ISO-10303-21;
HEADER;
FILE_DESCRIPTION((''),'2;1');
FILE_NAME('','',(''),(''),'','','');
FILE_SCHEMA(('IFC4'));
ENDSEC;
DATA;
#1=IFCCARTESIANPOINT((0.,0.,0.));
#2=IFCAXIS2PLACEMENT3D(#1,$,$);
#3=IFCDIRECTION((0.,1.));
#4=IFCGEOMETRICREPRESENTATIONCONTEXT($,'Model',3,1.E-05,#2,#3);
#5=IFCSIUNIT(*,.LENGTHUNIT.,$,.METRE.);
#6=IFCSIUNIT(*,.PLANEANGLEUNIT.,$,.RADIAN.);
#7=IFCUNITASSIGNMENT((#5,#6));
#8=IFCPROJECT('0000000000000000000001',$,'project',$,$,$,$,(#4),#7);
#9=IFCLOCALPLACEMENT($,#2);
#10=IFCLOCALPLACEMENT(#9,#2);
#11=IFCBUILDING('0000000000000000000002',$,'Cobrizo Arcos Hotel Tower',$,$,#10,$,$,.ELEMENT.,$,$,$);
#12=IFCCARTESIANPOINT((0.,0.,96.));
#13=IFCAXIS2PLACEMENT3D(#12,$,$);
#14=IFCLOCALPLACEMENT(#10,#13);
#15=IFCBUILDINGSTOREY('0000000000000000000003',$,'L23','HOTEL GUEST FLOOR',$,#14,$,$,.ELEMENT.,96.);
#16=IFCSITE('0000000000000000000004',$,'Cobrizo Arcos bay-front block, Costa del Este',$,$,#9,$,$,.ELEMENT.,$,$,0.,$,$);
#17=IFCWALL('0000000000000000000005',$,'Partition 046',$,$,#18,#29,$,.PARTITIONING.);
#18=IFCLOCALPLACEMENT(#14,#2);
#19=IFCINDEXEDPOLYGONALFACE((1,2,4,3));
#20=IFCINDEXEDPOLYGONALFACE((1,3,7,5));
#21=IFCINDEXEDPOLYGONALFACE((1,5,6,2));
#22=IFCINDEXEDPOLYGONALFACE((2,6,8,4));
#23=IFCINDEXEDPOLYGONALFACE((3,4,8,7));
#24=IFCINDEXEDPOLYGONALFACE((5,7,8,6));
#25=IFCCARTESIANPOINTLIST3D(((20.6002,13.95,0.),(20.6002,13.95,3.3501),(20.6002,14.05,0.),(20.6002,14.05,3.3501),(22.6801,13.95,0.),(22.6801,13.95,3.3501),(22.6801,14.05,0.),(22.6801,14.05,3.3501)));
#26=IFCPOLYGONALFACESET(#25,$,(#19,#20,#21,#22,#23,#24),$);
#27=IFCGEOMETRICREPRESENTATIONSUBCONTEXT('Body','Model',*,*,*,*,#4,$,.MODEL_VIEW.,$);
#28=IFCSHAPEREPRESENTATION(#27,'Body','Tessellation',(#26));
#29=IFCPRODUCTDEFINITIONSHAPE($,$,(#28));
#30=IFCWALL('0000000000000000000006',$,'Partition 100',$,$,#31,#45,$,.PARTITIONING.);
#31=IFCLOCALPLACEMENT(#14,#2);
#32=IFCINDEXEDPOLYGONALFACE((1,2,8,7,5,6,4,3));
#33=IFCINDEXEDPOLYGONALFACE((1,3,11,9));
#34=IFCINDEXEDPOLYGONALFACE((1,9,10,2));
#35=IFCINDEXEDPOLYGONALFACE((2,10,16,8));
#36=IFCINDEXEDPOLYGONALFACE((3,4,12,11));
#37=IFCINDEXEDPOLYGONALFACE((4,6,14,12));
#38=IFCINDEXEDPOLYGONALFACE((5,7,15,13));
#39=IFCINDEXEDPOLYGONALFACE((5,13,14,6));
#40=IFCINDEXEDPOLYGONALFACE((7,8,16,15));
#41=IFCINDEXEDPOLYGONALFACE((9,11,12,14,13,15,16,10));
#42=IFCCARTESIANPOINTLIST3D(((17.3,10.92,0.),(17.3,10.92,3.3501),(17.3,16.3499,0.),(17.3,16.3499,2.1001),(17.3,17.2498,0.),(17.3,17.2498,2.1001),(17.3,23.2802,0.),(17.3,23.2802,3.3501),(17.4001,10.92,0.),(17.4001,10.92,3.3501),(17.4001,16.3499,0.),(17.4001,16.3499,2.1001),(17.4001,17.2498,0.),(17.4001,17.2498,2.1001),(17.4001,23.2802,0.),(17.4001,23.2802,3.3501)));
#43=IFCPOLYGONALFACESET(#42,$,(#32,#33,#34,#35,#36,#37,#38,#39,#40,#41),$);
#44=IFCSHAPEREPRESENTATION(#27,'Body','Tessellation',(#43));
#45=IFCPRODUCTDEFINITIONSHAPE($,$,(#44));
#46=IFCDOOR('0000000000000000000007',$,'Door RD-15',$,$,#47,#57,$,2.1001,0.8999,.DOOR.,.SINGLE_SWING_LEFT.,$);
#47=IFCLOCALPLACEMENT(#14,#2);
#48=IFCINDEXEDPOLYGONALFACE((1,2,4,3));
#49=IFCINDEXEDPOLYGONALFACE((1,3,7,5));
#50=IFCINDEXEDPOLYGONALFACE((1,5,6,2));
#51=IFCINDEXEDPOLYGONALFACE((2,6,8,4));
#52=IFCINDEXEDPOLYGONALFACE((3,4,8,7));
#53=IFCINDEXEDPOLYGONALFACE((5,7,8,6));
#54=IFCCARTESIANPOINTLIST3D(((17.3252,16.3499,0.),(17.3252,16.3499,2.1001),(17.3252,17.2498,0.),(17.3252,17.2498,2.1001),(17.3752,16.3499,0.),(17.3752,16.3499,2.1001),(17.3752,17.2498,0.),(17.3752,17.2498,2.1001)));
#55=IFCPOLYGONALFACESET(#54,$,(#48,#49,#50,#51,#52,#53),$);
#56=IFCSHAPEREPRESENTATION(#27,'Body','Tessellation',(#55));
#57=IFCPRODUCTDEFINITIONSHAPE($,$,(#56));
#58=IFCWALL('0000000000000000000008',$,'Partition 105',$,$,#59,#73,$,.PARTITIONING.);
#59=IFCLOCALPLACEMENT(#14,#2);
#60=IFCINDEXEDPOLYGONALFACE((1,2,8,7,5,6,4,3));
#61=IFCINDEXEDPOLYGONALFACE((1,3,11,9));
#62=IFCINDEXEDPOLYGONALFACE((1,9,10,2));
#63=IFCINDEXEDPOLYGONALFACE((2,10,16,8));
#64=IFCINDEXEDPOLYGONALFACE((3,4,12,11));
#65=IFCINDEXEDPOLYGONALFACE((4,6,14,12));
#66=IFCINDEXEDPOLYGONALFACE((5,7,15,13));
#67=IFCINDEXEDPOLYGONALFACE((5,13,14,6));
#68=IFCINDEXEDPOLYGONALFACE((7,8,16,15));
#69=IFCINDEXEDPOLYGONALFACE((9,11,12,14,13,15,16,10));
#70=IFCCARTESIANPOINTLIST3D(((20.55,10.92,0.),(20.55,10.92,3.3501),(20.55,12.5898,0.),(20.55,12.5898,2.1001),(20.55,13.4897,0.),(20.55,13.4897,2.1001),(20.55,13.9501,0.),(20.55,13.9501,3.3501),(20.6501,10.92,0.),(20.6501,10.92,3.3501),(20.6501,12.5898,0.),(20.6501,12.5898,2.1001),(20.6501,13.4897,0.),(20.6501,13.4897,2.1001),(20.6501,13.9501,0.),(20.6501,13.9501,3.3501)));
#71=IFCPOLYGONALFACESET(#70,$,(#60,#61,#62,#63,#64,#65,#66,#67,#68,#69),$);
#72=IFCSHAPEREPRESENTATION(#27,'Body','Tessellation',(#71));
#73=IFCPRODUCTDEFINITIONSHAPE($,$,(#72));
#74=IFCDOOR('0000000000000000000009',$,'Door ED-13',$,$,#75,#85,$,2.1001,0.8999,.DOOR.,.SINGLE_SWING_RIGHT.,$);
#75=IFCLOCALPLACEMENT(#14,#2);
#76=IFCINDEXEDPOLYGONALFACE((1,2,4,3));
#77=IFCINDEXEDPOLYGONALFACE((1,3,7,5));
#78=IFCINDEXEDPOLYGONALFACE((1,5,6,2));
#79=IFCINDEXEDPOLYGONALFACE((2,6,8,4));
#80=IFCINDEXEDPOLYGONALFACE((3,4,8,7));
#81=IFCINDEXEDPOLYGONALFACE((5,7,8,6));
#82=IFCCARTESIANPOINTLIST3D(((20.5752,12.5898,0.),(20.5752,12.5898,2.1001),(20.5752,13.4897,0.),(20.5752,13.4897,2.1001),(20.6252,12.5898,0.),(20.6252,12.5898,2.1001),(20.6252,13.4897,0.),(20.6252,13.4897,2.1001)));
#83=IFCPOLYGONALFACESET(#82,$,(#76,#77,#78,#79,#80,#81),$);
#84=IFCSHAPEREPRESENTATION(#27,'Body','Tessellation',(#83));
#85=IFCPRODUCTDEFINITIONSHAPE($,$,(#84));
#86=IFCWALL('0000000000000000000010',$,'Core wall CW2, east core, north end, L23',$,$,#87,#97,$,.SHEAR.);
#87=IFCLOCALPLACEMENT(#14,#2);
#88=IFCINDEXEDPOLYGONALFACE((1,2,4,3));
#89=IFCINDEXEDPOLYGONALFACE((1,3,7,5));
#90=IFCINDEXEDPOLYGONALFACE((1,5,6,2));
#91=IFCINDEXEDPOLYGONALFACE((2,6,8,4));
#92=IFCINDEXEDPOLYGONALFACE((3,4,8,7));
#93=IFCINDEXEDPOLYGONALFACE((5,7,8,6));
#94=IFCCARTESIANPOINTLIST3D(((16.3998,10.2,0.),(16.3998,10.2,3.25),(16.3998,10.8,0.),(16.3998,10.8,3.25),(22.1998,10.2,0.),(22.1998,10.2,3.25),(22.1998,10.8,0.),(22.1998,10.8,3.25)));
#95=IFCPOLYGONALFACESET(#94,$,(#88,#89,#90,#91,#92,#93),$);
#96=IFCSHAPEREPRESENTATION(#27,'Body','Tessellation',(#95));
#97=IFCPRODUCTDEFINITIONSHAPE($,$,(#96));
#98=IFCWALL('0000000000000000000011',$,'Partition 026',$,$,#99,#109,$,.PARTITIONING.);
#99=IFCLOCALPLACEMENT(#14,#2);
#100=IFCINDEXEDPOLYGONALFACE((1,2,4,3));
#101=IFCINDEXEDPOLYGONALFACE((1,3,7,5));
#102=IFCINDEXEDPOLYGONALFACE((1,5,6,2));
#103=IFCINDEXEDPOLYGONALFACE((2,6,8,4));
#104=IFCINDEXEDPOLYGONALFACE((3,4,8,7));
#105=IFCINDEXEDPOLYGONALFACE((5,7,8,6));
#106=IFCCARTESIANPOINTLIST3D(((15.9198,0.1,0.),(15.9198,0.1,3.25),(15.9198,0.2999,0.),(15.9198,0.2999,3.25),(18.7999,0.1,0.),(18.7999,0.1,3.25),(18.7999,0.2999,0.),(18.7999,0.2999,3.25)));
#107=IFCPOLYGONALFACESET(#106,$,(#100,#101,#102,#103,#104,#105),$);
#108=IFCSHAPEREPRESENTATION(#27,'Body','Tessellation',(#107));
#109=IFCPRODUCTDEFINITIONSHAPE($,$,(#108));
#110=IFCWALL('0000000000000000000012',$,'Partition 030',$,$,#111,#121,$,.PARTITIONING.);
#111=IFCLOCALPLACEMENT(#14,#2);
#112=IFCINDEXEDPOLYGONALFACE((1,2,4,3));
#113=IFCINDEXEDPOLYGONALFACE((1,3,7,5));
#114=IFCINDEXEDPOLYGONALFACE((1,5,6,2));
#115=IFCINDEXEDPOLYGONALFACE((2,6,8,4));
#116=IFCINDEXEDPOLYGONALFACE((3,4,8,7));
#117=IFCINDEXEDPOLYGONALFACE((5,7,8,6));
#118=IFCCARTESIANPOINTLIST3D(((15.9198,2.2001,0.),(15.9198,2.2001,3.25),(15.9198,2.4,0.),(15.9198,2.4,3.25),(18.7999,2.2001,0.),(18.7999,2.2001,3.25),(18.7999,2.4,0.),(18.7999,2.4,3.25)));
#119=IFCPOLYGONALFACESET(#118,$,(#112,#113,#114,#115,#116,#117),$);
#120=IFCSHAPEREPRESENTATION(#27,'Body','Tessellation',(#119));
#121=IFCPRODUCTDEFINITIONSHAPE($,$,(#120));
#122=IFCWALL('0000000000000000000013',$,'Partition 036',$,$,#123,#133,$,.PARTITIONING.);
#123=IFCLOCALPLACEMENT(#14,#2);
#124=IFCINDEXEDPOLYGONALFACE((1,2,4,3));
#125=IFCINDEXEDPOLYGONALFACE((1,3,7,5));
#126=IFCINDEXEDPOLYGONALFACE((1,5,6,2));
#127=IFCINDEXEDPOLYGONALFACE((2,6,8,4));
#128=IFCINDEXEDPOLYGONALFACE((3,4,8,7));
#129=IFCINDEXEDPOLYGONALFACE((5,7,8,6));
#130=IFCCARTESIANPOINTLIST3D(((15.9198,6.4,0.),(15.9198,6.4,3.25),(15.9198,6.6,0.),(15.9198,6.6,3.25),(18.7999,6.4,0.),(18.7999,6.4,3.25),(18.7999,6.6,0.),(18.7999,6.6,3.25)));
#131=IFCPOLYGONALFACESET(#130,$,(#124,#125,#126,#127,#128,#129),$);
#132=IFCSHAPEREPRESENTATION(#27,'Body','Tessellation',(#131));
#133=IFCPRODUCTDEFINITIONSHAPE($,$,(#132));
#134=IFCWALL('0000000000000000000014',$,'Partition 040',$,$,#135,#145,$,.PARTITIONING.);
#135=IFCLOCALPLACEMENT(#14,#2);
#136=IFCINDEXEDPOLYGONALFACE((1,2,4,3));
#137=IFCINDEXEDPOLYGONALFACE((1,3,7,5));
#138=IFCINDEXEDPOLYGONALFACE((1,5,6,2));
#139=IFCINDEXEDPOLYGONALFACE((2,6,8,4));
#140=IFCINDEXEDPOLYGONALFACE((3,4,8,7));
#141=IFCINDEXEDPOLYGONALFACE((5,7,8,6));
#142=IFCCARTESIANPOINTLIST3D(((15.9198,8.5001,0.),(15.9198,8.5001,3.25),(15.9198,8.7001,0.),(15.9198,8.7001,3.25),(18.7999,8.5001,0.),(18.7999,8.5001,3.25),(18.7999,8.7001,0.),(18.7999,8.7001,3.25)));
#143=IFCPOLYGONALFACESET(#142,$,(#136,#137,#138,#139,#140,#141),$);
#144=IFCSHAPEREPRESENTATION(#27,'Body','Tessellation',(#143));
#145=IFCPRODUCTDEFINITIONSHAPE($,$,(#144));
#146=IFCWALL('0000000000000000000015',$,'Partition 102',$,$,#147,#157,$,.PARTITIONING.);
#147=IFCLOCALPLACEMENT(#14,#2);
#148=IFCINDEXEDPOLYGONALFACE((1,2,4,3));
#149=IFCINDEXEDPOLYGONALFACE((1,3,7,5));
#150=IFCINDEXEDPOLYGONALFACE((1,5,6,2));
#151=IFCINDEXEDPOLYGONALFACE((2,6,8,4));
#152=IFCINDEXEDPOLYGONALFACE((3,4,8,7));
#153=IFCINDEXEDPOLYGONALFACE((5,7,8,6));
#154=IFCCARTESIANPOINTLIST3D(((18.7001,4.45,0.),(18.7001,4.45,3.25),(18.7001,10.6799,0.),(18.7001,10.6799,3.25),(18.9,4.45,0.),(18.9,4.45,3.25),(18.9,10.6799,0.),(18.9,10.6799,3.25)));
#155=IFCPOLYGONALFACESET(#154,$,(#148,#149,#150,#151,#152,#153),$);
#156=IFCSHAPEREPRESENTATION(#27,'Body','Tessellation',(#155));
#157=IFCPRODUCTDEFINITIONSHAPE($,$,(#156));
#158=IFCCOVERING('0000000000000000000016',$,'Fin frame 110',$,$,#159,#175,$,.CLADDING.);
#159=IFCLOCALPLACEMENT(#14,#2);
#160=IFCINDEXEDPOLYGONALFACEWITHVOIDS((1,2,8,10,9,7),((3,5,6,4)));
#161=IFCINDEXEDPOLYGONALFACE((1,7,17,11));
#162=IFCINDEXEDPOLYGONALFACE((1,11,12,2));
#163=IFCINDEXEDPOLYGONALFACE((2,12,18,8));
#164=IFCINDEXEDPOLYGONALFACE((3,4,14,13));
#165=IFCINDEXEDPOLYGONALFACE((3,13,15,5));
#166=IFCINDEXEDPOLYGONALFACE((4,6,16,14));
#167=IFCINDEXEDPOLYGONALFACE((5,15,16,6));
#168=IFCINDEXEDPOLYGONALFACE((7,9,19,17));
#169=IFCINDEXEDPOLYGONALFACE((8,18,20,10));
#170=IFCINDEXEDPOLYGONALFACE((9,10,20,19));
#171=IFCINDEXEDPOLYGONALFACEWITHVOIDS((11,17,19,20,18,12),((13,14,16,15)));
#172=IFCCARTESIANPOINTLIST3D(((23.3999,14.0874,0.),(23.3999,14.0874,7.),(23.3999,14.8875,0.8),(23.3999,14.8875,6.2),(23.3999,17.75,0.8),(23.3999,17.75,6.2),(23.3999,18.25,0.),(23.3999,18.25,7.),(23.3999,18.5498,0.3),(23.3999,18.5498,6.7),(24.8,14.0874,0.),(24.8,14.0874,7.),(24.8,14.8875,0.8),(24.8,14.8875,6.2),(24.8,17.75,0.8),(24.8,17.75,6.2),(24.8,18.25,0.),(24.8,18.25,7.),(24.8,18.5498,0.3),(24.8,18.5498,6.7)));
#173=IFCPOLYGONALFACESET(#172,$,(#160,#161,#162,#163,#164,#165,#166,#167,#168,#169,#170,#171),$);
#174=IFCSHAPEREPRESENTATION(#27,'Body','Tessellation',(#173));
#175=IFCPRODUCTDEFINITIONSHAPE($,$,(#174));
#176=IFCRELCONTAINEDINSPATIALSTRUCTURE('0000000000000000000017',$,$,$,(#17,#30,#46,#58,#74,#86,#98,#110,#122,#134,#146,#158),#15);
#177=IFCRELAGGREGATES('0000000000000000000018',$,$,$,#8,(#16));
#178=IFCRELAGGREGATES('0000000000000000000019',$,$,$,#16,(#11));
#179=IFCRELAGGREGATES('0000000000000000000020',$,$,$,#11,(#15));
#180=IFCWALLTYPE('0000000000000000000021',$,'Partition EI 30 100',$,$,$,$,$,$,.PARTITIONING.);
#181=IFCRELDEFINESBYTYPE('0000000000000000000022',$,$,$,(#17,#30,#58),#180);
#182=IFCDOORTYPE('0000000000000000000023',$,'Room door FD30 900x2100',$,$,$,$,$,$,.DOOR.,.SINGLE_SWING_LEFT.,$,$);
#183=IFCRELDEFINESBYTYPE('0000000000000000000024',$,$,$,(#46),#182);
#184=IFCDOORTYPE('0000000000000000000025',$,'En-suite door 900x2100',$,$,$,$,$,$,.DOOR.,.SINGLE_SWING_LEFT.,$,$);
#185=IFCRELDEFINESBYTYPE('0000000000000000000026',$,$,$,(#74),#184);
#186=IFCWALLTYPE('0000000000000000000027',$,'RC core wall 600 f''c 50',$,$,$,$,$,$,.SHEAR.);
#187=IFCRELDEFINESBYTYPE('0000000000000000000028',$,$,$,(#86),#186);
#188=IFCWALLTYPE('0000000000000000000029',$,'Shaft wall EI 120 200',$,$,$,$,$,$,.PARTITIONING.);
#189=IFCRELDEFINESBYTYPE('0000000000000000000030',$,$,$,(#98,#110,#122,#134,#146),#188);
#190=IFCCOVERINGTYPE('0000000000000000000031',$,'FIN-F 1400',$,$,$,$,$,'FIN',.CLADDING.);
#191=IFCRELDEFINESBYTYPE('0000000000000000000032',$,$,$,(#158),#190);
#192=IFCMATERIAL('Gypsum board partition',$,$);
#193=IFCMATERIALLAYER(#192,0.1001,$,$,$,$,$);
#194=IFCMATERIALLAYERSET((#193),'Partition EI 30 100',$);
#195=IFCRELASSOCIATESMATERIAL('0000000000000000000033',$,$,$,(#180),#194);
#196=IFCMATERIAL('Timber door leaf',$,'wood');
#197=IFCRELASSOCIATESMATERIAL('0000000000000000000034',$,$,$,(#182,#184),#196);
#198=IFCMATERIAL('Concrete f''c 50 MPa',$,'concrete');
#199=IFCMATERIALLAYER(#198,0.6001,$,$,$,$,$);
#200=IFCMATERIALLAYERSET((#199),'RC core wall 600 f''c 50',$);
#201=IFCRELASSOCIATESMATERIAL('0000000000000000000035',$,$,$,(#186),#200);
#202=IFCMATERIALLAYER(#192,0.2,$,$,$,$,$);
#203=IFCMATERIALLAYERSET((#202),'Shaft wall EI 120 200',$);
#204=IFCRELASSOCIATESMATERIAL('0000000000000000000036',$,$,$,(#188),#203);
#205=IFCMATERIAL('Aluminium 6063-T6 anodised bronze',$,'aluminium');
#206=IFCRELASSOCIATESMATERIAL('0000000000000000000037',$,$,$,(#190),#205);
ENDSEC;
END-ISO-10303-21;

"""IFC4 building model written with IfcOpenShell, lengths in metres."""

from ifc_helpers import new_model, si_unit, direction, frame, frame_2d, origin, place, context, subcontext, project, spatial, polyline, rectangle, outline, extrude, material, layer, layer_set, type_object, element, fill, save


model = new_model("IFC4")

# Units and contexts
model_context = context("Model", 3, precision=1e-05, world=origin(), true_north=direction((0.0, 1.0)))
body_context = subcontext(model_context, "Body", "Model", "MODEL_VIEW")
ifc_project = project(units=[si_unit("LENGTHUNIT", "METRE"), si_unit("PLANEANGLEUNIT", "RADIAN")], contexts=[model_context])

# Site, building, storey
site_placement = place(None, origin())
site = spatial("IfcSite", under=ifc_project, at=site_placement, Name="Cobrizo Arcos bay-front block, Costa del Este", CompositionType="ELEMENT", RefElevation=0.0)
building_placement = place(site_placement, origin())
building = spatial("IfcBuilding", under=site, at=building_placement, Name="Cobrizo Arcos Hotel Tower", CompositionType="ELEMENT")
storey_placement = place(building_placement, frame((0.0, 0.0, 96.0)))
storey = spatial("IfcBuildingStorey", under=building, at=storey_placement, Name="L23", Description="HOTEL GUEST FLOOR", CompositionType="ELEMENT", Elevation=96.0)

# Shared definitions
ifc_material_1 = material(Name="Aluminium 6063-T6 anodised bronze", Category="aluminium")

# Shared definitions
ifc_material_2 = material(Name="Gypsum board partition")
ifc_layer_1 = layer(ifc_material_2, 0.1001)
ifc_layer_set_1 = layer_set([ifc_layer_1], Name="Partition EI 30 100")
wall_type_1 = type_object("IfcWallType", Name="Partition EI 30 100", PredefinedType="PARTITIONING", material=ifc_layer_set_1)
ifc_material_3 = material(Name="Timber door leaf", Category="wood")
door_type_1 = type_object("IfcDoorType", Name="Room door FD30 900x2100", OperationType="SINGLE_SWING_LEFT", PredefinedType="DOOR", material=ifc_material_3)

# Wall
wall_1_placement = place(storey_placement, frame((20.6001, 14.0, 0.0), z_axis=(0.0, 0.0, 1.0), x_axis=(1.0, 0.0, 0.0)))
element("IfcWall", 1, at=wall_1_placement, inside=storey, type_object=wall_type_1, Name="Partition 046", PredefinedType="PARTITIONING", context=body_context, shape_type="SweptSolid", body=[
    extrude(rectangle(XDim=2.0798, YDim=0.1001, at=frame_2d((1.04, 0.0))), origin(), (0.0, 0.0, 1.0), 3.3501),
])

# Walls, openings, doors
wall_2_placement = place(storey_placement, frame((17.3501, 10.9199, 0.0), z_axis=(0.0, 0.0, 1.0), x_axis=(0.0, 1.0, 0.0)))
wall_2 = element("IfcWall", 2, at=wall_2_placement, inside=storey, type_object=wall_type_1, Name="Partition 100", PredefinedType="PARTITIONING", context=body_context, shape_type="SweptSolid", body=[
    extrude(rectangle(XDim=12.3601, YDim=0.1001, at=frame_2d((6.1802, 0.0))), origin(), (0.0, 0.0, 1.0), 3.3501),
])
opening_1_placement = place(wall_2_placement, frame((5.4299, 0.0, 0.0)))
opening_1 = element("IfcOpeningElement", 3, at=opening_1_placement, cuts=wall_2, PredefinedType="OPENING", context=body_context, shape_type="SweptSolid", body=[
    extrude(rectangle(XDim=0.8999, YDim=2.1001, at=frame_2d((0.45, 1.05))), frame((0.0, 0.062, 0.0), z_axis=(0.0, -1.0, 0.0), x_axis=(1.0, 0.0, 0.0)), (0.0, 0.0, 1.0), 0.124),
])
door_1_placement = place(opening_1_placement, origin())
door_1 = element("IfcDoor", 4, at=door_1_placement, inside=storey, type_object=door_type_1, Name="Door RD-15", OperationType="SINGLE_SWING_LEFT", OverallHeight=2.1001, OverallWidth=0.8999, PredefinedType="DOOR", context=body_context, shape_type="SweptSolid", body=[
    extrude(rectangle(XDim=0.8999, YDim=2.1001, at=frame_2d((0.45, 1.05))), frame((0.0, 0.0249, 0.0), z_axis=(0.0, -1.0, 0.0), x_axis=(1.0, 0.0, 0.0)), (0.0, 0.0, 1.0), 0.05),
])
fill(opening_1, door_1)
wall_3_placement = place(storey_placement, frame((20.6001, 10.9199, 0.0), z_axis=(0.0, 0.0, 1.0), x_axis=(0.0, 1.0, 0.0)))
wall_3 = element("IfcWall", 5, at=wall_3_placement, inside=storey, type_object=wall_type_1, Name="Partition 105", PredefinedType="PARTITIONING", context=body_context, shape_type="SweptSolid", body=[
    extrude(rectangle(XDim=3.03, YDim=0.1001, at=frame_2d((1.5151, 0.0))), origin(), (0.0, 0.0, 1.0), 3.3501),
])
opening_2_placement = place(wall_3_placement, frame((1.6699, 0.0, 0.0)))
opening_2 = element("IfcOpeningElement", 6, at=opening_2_placement, cuts=wall_3, PredefinedType="OPENING", context=body_context, shape_type="SweptSolid", body=[
    extrude(rectangle(XDim=0.8999, YDim=2.1001, at=frame_2d((0.45, 1.05))), frame((0.0, 0.062, 0.0), z_axis=(0.0, -1.0, 0.0), x_axis=(1.0, 0.0, 0.0)), (0.0, 0.0, 1.0), 0.124),
])
door_type_2 = type_object("IfcDoorType", Name="En-suite door 900x2100", OperationType="SINGLE_SWING_LEFT", PredefinedType="DOOR", material=ifc_material_3)
door_2_placement = place(opening_2_placement, origin())
door_2 = element("IfcDoor", 7, at=door_2_placement, inside=storey, type_object=door_type_2, Name="Door ED-13", OperationType="SINGLE_SWING_RIGHT", OverallHeight=2.1001, OverallWidth=0.8999, PredefinedType="DOOR", context=body_context, shape_type="SweptSolid", body=[
    extrude(rectangle(XDim=0.8999, YDim=2.1001, at=frame_2d((0.45, 1.05))), frame((0.0, 0.0249, 0.0), z_axis=(0.0, -1.0, 0.0), x_axis=(1.0, 0.0, 0.0)), (0.0, 0.0, 1.0), 0.05),
])
fill(opening_2, door_2)

# Walls
ifc_material_4 = material(Name="Concrete f'c 50 MPa", Category="concrete")
ifc_layer_2 = layer(ifc_material_4, 0.6001)
ifc_layer_set_2 = layer_set([ifc_layer_2], Name="RC core wall 600 f'c 50")
wall_type_2 = type_object("IfcWallType", Name="RC core wall 600 f'c 50", PredefinedType="SHEAR", material=ifc_layer_set_2)
wall_4_placement = place(storey_placement, frame((16.3999, 10.5, 0.0), z_axis=(0.0, 0.0, 1.0), x_axis=(1.0, 0.0, 0.0)))
element("IfcWall", 8, at=wall_4_placement, inside=storey, type_object=wall_type_2, Name="Core wall CW2, east core, north end, L23", PredefinedType="SHEAR", context=body_context, shape_type="SweptSolid", body=[
    extrude(rectangle(XDim=5.8, YDim=0.6001, at=frame_2d((2.8999, 0.0))), origin(), (0.0, 0.0, 1.0), 3.25),
])
ifc_layer_3 = layer(ifc_material_2, 0.2)
ifc_layer_set_3 = layer_set([ifc_layer_3], Name="Shaft wall EI 120 200")
wall_type_3 = type_object("IfcWallType", Name="Shaft wall EI 120 200", PredefinedType="PARTITIONING", material=ifc_layer_set_3)
for number, where, z_axis, x_axis, name in (
    (9, (15.9199, 0.2, 0.0), (0.0, 0.0, 1.0), (1.0, 0.0, 0.0), "Partition 026"),
    (10, (15.9199, 2.3, 0.0), (0.0, 0.0, 1.0), (1.0, 0.0, 0.0), "Partition 030"),
    (11, (15.9199, 6.5, 0.0), (0.0, 0.0, 1.0), (1.0, 0.0, 0.0), "Partition 036"),
    (12, (15.9199, 8.6001, 0.0), (0.0, 0.0, 1.0), (1.0, 0.0, 0.0), "Partition 040"),
):
    element("IfcWall", number, at=place(storey_placement, frame(where, z_axis=z_axis, x_axis=x_axis)), inside=storey, type_object=wall_type_3, Name=name, PredefinedType="PARTITIONING", context=body_context, shape_type="SweptSolid", body=[
        extrude(rectangle(XDim=2.8801, YDim=0.2, at=frame_2d((1.4399, 0.0))), origin(), (0.0, 0.0, 1.0), 3.25),
    ])
wall_5_placement = place(storey_placement, frame((18.8, 4.45, 0.0), z_axis=(0.0, 0.0, 1.0), x_axis=(0.0, 1.0, 0.0)))
element("IfcWall", 13, at=wall_5_placement, inside=storey, type_object=wall_type_3, Name="Partition 102", PredefinedType="PARTITIONING", context=body_context, shape_type="SweptSolid", body=[
    extrude(rectangle(XDim=6.23, YDim=0.2, at=frame_2d((3.115, 0.0))), origin(), (0.0, 0.0, 1.0), 3.25),
])

# Covering
covering_type_1 = type_object("IfcCoveringType", Name="FIN-F 1400", ElementType="FIN", PredefinedType="CLADDING", material=ifc_material_1)
covering_1_placement = place(storey_placement, frame((23.3999, 14.0874, 0.0), z_axis=(1.0, 0.0, 0.0), x_axis=(0.0, 1.0, 0.0)))
element("IfcCovering", 14, at=covering_1_placement, inside=storey, type_object=covering_type_1, Name="Fin frame 110", PredefinedType="CLADDING", context=body_context, shape_type="SweptSolid", body=[
    extrude(outline(polyline([(0.0, 7.0), (0.0, 0.0), (4.1626, 0.0), (4.4624, 0.3), (4.4624, 6.7), (4.1626, 7.0), (0.0, 7.0)]), holes=[polyline([(3.6626, 0.8), (0.8, 0.8), (0.8, 6.2), (3.6626, 6.2), (3.6626, 0.8)])]), origin(), (0.0, 0.0, 1.0), 1.4001),
])

save(model, "model.ifc")
